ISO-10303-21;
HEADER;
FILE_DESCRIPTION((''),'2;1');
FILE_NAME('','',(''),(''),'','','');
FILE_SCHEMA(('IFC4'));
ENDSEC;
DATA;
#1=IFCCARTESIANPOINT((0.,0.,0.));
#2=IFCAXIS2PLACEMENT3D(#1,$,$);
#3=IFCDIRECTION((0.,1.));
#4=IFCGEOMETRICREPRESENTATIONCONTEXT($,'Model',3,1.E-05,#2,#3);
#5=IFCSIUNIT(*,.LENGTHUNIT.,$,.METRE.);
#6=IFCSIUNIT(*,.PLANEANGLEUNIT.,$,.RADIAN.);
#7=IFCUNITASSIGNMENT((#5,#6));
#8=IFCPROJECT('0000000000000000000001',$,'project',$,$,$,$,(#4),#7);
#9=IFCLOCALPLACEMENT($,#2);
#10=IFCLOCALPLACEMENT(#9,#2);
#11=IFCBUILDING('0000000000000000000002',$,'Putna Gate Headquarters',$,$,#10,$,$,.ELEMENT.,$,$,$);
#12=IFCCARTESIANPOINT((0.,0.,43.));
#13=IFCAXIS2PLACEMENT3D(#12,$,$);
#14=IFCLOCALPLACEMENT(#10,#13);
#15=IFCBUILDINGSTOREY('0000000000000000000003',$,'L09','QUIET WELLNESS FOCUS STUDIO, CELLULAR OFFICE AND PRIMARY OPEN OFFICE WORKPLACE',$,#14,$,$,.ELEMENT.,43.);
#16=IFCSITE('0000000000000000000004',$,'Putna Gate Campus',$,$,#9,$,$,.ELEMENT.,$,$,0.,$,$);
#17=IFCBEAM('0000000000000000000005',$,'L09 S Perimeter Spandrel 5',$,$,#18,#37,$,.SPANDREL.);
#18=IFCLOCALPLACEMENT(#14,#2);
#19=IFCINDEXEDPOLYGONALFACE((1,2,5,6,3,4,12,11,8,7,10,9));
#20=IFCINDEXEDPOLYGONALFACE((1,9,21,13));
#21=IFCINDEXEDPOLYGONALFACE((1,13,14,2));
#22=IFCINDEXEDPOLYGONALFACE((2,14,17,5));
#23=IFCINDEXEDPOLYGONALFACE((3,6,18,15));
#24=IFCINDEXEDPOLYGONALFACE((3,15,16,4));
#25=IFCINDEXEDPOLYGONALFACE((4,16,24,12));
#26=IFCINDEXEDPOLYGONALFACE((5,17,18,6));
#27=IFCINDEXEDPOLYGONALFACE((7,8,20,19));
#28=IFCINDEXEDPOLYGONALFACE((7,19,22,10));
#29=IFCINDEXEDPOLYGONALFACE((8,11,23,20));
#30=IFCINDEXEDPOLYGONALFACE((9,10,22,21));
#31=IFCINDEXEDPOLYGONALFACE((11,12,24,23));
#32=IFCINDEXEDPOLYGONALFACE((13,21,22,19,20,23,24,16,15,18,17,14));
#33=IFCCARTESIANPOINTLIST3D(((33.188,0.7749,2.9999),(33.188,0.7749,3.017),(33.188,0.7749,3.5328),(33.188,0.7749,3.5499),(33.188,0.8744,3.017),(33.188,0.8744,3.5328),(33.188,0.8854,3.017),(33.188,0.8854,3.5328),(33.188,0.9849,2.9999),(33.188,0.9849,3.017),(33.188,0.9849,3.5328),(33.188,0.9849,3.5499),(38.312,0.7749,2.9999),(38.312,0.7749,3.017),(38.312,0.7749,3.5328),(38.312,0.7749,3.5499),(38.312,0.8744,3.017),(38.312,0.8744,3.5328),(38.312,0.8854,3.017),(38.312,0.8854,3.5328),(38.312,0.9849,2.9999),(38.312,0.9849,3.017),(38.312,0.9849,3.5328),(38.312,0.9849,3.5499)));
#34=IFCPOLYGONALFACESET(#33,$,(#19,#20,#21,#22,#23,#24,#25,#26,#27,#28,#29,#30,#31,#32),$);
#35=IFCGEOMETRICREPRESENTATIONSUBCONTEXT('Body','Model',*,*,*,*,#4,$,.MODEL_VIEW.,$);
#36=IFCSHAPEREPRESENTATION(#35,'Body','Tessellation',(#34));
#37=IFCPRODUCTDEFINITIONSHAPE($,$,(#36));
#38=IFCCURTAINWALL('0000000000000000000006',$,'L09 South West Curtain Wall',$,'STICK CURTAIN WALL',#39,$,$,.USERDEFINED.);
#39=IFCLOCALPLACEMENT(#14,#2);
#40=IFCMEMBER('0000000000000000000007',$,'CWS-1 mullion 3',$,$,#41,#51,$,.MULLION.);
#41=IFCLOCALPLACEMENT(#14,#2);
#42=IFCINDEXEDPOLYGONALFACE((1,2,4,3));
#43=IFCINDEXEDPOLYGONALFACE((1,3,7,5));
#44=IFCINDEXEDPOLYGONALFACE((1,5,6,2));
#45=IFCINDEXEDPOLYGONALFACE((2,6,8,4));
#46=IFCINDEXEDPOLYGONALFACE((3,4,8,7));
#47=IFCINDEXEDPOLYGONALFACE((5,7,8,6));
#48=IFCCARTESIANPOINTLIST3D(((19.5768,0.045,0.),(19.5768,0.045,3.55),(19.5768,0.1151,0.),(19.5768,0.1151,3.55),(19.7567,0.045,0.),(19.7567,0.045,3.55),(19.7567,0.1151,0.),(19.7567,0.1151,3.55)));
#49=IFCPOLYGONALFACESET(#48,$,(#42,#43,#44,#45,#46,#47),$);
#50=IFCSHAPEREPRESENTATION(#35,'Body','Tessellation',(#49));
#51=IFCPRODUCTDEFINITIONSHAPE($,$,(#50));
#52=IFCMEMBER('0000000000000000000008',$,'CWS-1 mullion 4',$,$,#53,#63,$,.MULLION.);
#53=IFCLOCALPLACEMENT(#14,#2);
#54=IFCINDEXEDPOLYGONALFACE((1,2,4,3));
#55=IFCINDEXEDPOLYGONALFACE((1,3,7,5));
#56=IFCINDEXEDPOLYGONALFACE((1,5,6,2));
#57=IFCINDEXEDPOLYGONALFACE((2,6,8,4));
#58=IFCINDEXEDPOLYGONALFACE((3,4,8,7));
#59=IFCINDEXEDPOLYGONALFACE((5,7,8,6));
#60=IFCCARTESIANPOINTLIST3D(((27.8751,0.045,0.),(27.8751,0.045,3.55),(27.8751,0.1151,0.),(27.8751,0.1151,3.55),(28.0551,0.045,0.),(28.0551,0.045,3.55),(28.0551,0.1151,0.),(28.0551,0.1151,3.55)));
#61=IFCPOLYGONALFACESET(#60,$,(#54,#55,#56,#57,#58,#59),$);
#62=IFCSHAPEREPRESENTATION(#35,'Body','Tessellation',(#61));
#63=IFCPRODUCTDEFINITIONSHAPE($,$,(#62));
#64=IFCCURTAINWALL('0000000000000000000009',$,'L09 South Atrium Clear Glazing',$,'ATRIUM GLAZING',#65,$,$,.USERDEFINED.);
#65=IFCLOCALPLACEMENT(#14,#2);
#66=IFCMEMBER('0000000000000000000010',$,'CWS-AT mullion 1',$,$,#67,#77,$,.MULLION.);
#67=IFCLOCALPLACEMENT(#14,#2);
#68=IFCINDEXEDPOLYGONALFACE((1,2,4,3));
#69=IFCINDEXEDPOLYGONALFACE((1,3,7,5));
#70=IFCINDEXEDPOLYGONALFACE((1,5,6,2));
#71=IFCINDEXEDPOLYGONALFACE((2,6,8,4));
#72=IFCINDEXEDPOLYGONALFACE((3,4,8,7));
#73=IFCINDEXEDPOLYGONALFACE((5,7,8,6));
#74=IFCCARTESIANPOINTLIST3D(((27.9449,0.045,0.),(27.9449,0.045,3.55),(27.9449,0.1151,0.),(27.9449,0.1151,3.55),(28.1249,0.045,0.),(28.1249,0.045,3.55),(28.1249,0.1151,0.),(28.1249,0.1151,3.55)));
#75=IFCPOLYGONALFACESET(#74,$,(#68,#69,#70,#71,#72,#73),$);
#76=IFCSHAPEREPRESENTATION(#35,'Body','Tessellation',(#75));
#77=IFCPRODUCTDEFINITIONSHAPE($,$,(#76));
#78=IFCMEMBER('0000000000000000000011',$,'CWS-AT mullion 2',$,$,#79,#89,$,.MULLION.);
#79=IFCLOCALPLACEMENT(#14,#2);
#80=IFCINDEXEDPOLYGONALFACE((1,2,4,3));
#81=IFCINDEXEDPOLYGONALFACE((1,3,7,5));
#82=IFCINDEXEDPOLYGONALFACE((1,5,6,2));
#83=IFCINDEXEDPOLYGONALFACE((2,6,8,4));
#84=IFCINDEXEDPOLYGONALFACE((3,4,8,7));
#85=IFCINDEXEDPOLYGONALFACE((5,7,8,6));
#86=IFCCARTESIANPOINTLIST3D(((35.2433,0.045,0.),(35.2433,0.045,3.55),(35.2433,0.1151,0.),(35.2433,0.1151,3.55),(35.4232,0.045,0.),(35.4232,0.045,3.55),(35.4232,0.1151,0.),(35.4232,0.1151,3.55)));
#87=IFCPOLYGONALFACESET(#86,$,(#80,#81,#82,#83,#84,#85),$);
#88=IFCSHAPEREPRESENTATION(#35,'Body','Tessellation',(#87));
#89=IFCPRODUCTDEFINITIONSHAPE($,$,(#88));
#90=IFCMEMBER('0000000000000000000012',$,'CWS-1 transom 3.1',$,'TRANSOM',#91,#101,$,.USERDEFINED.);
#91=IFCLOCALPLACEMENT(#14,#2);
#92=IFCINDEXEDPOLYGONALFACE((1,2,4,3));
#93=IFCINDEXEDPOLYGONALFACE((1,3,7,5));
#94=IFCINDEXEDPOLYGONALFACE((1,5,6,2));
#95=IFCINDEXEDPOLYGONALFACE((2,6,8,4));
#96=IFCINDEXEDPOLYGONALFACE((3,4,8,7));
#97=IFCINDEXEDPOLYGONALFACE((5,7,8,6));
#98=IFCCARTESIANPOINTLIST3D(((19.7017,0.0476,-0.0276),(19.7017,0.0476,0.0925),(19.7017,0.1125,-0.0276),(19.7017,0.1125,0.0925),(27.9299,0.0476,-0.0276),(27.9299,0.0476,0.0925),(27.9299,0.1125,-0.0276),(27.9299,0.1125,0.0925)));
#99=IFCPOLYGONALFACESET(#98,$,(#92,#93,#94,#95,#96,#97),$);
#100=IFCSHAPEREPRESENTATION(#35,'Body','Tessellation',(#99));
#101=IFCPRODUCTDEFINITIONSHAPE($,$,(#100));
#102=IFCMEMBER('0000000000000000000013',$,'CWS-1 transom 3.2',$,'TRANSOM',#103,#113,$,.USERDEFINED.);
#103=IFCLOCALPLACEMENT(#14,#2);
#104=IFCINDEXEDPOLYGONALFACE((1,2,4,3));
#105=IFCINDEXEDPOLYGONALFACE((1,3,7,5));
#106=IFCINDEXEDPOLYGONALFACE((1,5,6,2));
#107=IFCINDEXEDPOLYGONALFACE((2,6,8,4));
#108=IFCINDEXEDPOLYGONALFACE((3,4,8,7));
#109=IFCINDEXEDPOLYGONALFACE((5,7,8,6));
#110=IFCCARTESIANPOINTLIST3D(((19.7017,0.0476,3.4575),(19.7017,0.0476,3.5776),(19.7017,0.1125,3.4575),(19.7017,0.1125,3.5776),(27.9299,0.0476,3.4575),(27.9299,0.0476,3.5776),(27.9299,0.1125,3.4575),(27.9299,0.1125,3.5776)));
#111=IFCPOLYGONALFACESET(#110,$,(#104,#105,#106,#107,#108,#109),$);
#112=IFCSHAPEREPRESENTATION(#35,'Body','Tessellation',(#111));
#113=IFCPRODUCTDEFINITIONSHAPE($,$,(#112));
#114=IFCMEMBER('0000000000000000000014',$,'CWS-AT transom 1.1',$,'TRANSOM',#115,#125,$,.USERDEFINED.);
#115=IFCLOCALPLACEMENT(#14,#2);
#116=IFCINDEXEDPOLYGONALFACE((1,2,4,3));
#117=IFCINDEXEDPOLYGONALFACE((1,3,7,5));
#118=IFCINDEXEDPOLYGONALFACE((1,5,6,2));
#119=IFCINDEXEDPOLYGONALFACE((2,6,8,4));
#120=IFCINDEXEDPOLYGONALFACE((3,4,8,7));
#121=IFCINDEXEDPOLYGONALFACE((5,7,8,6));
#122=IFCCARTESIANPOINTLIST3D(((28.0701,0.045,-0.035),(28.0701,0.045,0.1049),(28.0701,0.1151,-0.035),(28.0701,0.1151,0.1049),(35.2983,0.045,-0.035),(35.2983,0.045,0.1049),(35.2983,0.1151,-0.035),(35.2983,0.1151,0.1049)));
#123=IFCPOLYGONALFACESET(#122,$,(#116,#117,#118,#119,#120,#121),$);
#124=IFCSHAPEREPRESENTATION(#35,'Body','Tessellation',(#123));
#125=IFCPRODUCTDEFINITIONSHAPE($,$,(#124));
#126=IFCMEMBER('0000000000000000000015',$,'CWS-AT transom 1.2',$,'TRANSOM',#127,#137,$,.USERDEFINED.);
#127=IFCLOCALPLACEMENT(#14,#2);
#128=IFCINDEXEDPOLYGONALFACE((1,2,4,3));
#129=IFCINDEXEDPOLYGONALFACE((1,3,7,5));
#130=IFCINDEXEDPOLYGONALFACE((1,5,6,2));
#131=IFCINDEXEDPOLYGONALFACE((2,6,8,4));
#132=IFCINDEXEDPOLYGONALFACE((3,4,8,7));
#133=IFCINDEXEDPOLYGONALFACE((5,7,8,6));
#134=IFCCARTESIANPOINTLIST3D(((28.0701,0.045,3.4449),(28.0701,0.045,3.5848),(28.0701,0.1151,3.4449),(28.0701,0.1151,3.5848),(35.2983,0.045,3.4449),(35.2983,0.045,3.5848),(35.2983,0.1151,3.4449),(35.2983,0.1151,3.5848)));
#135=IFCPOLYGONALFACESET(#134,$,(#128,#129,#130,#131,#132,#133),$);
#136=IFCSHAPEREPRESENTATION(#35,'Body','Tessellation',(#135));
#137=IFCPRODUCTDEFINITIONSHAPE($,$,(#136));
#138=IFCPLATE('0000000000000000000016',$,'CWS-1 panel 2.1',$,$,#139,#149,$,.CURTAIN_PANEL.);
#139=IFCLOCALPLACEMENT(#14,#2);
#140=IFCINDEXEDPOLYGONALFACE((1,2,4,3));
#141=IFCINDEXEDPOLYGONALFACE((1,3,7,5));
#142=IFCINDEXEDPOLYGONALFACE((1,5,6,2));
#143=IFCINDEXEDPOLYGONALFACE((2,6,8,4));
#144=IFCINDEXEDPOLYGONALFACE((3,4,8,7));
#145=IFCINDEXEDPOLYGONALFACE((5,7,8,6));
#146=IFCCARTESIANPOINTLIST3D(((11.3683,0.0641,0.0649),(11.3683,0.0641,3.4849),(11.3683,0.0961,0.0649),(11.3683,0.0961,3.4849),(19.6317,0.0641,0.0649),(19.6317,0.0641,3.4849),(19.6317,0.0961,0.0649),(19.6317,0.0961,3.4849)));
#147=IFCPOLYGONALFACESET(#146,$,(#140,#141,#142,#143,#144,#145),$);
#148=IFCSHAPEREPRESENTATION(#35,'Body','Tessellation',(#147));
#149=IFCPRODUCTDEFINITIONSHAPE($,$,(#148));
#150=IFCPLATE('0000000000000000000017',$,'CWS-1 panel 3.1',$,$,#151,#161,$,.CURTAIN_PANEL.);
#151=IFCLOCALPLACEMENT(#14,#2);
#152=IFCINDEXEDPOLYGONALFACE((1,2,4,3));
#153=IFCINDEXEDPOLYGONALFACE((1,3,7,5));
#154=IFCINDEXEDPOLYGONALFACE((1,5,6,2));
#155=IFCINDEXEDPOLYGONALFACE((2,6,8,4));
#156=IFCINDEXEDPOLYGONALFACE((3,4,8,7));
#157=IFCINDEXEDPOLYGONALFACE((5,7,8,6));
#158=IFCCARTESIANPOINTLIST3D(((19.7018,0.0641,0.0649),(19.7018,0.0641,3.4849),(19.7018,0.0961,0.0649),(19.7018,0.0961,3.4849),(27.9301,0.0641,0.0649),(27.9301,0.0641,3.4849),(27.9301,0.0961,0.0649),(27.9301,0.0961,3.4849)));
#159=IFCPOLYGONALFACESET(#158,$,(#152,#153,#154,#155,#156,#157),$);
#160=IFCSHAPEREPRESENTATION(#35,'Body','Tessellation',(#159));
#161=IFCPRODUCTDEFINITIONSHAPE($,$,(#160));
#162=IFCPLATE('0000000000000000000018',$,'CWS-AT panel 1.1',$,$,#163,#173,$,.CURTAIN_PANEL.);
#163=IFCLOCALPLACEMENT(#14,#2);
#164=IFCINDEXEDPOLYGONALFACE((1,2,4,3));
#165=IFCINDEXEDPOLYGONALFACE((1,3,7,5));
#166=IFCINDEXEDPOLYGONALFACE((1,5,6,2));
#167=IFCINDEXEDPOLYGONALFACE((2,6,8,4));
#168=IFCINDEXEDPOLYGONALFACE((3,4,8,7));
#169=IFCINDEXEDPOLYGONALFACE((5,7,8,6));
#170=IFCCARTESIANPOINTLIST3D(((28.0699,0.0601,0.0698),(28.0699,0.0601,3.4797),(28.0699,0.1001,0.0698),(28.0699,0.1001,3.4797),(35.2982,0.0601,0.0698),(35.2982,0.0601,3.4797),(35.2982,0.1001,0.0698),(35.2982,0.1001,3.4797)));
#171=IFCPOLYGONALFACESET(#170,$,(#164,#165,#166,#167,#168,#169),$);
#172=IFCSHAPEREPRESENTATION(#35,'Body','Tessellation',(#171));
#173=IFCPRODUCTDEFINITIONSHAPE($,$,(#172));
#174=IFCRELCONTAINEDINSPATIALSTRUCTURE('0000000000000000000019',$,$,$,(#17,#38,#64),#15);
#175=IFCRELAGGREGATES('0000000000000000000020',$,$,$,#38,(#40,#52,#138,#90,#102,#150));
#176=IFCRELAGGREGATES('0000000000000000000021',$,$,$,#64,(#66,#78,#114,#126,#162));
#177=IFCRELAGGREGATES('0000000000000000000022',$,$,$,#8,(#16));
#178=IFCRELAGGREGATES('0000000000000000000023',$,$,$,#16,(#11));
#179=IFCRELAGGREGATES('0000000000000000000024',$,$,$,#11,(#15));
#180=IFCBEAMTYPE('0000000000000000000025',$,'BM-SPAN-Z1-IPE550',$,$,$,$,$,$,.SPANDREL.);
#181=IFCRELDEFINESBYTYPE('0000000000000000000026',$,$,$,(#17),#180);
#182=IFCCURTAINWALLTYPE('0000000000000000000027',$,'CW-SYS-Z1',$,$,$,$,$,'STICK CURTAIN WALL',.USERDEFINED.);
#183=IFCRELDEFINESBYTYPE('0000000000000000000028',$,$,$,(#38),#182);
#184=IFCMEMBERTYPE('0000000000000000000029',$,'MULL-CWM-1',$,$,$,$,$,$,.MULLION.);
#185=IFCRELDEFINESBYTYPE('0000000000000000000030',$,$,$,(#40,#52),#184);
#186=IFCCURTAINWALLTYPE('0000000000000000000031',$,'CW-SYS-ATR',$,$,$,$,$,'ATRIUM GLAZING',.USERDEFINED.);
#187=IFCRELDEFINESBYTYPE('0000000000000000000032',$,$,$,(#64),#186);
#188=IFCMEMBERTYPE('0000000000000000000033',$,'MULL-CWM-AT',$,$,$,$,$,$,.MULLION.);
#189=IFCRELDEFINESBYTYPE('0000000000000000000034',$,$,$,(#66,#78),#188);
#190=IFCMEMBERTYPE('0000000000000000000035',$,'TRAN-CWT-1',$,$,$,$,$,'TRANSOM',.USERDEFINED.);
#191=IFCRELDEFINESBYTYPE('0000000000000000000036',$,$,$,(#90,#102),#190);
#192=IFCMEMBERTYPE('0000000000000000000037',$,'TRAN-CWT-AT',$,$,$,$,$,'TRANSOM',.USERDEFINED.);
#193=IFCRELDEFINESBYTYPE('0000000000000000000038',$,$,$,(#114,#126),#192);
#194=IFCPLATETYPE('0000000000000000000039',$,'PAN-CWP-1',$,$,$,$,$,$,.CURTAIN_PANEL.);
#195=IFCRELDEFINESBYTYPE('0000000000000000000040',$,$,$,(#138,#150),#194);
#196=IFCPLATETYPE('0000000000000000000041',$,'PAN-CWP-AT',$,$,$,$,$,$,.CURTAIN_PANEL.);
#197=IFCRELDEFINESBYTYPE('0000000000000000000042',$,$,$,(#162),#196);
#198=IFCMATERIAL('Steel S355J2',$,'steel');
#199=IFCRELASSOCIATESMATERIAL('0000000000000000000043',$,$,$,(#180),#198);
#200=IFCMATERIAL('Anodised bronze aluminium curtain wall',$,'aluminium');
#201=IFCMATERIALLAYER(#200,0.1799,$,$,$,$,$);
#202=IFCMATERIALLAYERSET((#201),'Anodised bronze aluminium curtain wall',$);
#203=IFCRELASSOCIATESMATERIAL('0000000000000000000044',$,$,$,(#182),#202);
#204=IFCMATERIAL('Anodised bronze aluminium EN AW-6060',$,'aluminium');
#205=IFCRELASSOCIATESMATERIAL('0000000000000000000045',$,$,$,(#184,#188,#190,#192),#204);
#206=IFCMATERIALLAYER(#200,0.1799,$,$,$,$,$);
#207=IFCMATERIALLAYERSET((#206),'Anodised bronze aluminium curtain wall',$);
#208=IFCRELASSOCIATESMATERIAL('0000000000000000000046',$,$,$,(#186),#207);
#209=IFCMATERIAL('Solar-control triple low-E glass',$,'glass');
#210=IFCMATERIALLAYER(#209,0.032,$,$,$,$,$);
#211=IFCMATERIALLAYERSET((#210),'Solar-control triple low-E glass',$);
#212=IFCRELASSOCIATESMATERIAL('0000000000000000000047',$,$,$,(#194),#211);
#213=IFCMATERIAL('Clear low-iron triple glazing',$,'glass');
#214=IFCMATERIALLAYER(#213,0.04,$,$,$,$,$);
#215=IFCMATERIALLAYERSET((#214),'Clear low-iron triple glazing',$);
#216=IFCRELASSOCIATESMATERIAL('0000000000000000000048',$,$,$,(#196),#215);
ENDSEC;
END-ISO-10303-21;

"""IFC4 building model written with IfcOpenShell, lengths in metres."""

from ifc_helpers import new_model, si_unit, direction, frame, origin, origin_2d, place, context, subcontext, project, spatial, rectangle, i_section, extrude, material, layer, layer_set, material_profile, profile_set, type_object, element, aggregate, save


model = new_model("IFC4")

# Units and contexts
model_context = context("Model", 3, precision=1e-05, world=origin(), true_north=direction((0.0, 1.0)))
body_context = subcontext(model_context, "Body", "Model", "MODEL_VIEW")
ifc_project = project(units=[si_unit("LENGTHUNIT", "METRE"), si_unit("PLANEANGLEUNIT", "RADIAN")], contexts=[model_context])

# Site, building, storey
site_placement = place(None, origin())
site = spatial("IfcSite", under=ifc_project, at=site_placement, Name="Putna Gate Campus", CompositionType="ELEMENT", RefElevation=0.0)
building_placement = place(site_placement, origin())
building = spatial("IfcBuilding", under=site, at=building_placement, Name="Putna Gate Headquarters", CompositionType="ELEMENT")
storey_placement = place(building_placement, frame((0.0, 0.0, 43.0)))
storey = spatial("IfcBuildingStorey", under=building, at=storey_placement, Name="L09", Description="QUIET WELLNESS FOCUS STUDIO, CELLULAR OFFICE AND PRIMARY OPEN OFFICE WORKPLACE", CompositionType="ELEMENT", Elevation=43.0)

# Beam
ifc_material_1 = material(Name="Steel S355J2", Category="steel")
ifc_material_profile_1 = material_profile(ifc_material_1, i_section(OverallWidth=0.21, OverallDepth=0.55, WebThickness=0.011, FlangeThickness=0.0171, at=origin_2d()), Name="Steel S355J2")
ifc_profile_set_1 = profile_set([ifc_material_profile_1], Name="Steel S355J2")
beam_type_1 = type_object("IfcBeamType", Name="BM-SPAN-Z1-IPE550", PredefinedType="SPANDREL", material=ifc_profile_set_1)
for number, where, z_axis, x_axis, name in (
    (1, (33.188, 0.8799, 3.2749), (1.0, 0.0, 0.0), (0.0, 1.0, 0.0), "L09 S Perimeter Spandrel 5"),
):
    element("IfcBeam", number, at=place(storey_placement, frame(where, z_axis=z_axis, x_axis=x_axis)), inside=storey, type_object=beam_type_1, Name=name, PredefinedType="SPANDREL", context=body_context, shape_type="SweptSolid", body=[
        extrude(i_section(OverallWidth=0.21, OverallDepth=0.55, WebThickness=0.011, FlangeThickness=0.0171, at=origin_2d()), origin(), (0.0, 0.0, 1.0), 5.124),
    ])

# Curtain walls, members
ifc_material_2 = material(Name="Anodised bronze aluminium curtain wall", Category="aluminium")
ifc_layer_1 = layer(ifc_material_2, 0.1799)
ifc_layer_set_1 = layer_set([ifc_layer_1], Name="Anodised bronze aluminium curtain wall")
curtain_wall_type_1 = type_object("IfcCurtainWallType", Name="CW-SYS-Z1", ElementType="STICK CURTAIN WALL", PredefinedType="USERDEFINED", material=ifc_layer_set_1)
curtain_wall_1_placement = place(storey_placement, origin())
curtain_wall_1 = element("IfcCurtainWall", 2, at=curtain_wall_1_placement, inside=storey, type_object=curtain_wall_type_1, Name="L09 South West Curtain Wall", ObjectType="STICK CURTAIN WALL", PredefinedType="USERDEFINED")
ifc_material_3 = material(Name="Anodised bronze aluminium EN AW-6060", Category="aluminium")
ifc_material_profile_2 = material_profile(ifc_material_3, rectangle(XDim=0.0701, YDim=0.1799, at=origin_2d()), Name="Anodised bronze aluminium EN AW-6060")
ifc_profile_set_2 = profile_set([ifc_material_profile_2], Name="Anodised bronze aluminium EN AW-6060")
member_type_1 = type_object("IfcMemberType", Name="MULL-CWM-1", PredefinedType="MULLION", material=ifc_profile_set_2)
member_1_placement = place(storey_placement, frame((19.6667, 0.0801, 0.0), z_axis=(0.0, 0.0, 1.0), x_axis=(0.0, 1.0, 0.0)))
member_1 = element("IfcMember", 3, at=member_1_placement, type_object=member_type_1, Name="CWS-1 mullion 3", PredefinedType="MULLION", context=body_context, shape_type="SweptSolid", body=[
    extrude(rectangle(XDim=0.0701, YDim=0.1799, at=origin_2d()), origin(), (0.0, 0.0, 1.0), 3.55),
])
member_2_placement = place(storey_placement, frame((27.9651, 0.0801, 0.0), z_axis=(0.0, 0.0, 1.0), x_axis=(0.0, 1.0, 0.0)))
member_2 = element("IfcMember", 4, at=member_2_placement, type_object=member_type_1, Name="CWS-1 mullion 4", PredefinedType="MULLION", context=body_context, shape_type="SweptSolid", body=[
    extrude(rectangle(XDim=0.0701, YDim=0.1799, at=origin_2d()), origin(), (0.0, 0.0, 1.0), 3.55),
])
ifc_layer_2 = layer(ifc_material_2, 0.1799)
ifc_layer_set_2 = layer_set([ifc_layer_2], Name="Anodised bronze aluminium curtain wall")
curtain_wall_type_2 = type_object("IfcCurtainWallType", Name="CW-SYS-ATR", ElementType="ATRIUM GLAZING", PredefinedType="USERDEFINED", material=ifc_layer_set_2)
curtain_wall_2_placement = place(storey_placement, origin())
curtain_wall_2 = element("IfcCurtainWall", 5, at=curtain_wall_2_placement, inside=storey, type_object=curtain_wall_type_2, Name="L09 South Atrium Clear Glazing", ObjectType="ATRIUM GLAZING", PredefinedType="USERDEFINED")
ifc_material_profile_3 = material_profile(ifc_material_3, rectangle(XDim=0.0701, YDim=0.1799, at=origin_2d()), Name="Anodised bronze aluminium EN AW-6060")
ifc_profile_set_3 = profile_set([ifc_material_profile_3], Name="Anodised bronze aluminium EN AW-6060")
member_type_2 = type_object("IfcMemberType", Name="MULL-CWM-AT", PredefinedType="MULLION", material=ifc_profile_set_3)
member_3_placement = place(storey_placement, frame((28.0349, 0.0801, 0.0), z_axis=(0.0, 0.0, 1.0), x_axis=(0.0, 1.0, 0.0)))
member_3 = element("IfcMember", 6, at=member_3_placement, type_object=member_type_2, Name="CWS-AT mullion 1", PredefinedType="MULLION", context=body_context, shape_type="SweptSolid", body=[
    extrude(rectangle(XDim=0.0701, YDim=0.1799, at=origin_2d()), origin(), (0.0, 0.0, 1.0), 3.55),
])
member_4_placement = place(storey_placement, frame((35.3333, 0.0801, 0.0), z_axis=(0.0, 0.0, 1.0), x_axis=(0.0, 1.0, 0.0)))
member_4 = element("IfcMember", 7, at=member_4_placement, type_object=member_type_2, Name="CWS-AT mullion 2", PredefinedType="MULLION", context=body_context, shape_type="SweptSolid", body=[
    extrude(rectangle(XDim=0.0701, YDim=0.1799, at=origin_2d()), origin(), (0.0, 0.0, 1.0), 3.55),
])

# Members
ifc_material_profile_4 = material_profile(ifc_material_3, rectangle(XDim=0.0649, YDim=0.1201, at=origin_2d()), Name="Anodised bronze aluminium EN AW-6060")
ifc_profile_set_4 = profile_set([ifc_material_profile_4], Name="Anodised bronze aluminium EN AW-6060")
member_type_3 = type_object("IfcMemberType", Name="TRAN-CWT-1", ElementType="TRANSOM", PredefinedType="USERDEFINED", material=ifc_profile_set_4)
member_5_placement = place(storey_placement, frame((19.7017, 0.0801, 0.0325), z_axis=(1.0, 0.0, 0.0), x_axis=(0.0, 1.0, 0.0)))
member_5 = element("IfcMember", 8, at=member_5_placement, type_object=member_type_3, Name="CWS-1 transom 3.1", ObjectType="TRANSOM", PredefinedType="USERDEFINED", context=body_context, shape_type="SweptSolid", body=[
    extrude(rectangle(XDim=0.0649, YDim=0.1201, at=origin_2d()), origin(), (0.0, 0.0, 1.0), 8.2283),
])
member_6_placement = place(storey_placement, frame((19.7017, 0.0801, 3.5176), z_axis=(1.0, 0.0, 0.0), x_axis=(0.0, 1.0, 0.0)))
member_6 = element("IfcMember", 9, at=member_6_placement, type_object=member_type_3, Name="CWS-1 transom 3.2", ObjectType="TRANSOM", PredefinedType="USERDEFINED", context=body_context, shape_type="SweptSolid", body=[
    extrude(rectangle(XDim=0.0649, YDim=0.1201, at=origin_2d()), origin(), (0.0, 0.0, 1.0), 8.2283),
])
ifc_material_profile_5 = material_profile(ifc_material_3, rectangle(XDim=0.0701, YDim=0.1399, at=origin_2d()), Name="Anodised bronze aluminium EN AW-6060")
ifc_profile_set_5 = profile_set([ifc_material_profile_5], Name="Anodised bronze aluminium EN AW-6060")
member_type_4 = type_object("IfcMemberType", Name="TRAN-CWT-AT", ElementType="TRANSOM", PredefinedType="USERDEFINED", material=ifc_profile_set_5)
member_7_placement = place(storey_placement, frame((28.0701, 0.0801, 0.0349), z_axis=(1.0, 0.0, 0.0), x_axis=(0.0, 1.0, 0.0)))
member_7 = element("IfcMember", 10, at=member_7_placement, type_object=member_type_4, Name="CWS-AT transom 1.1", ObjectType="TRANSOM", PredefinedType="USERDEFINED", context=body_context, shape_type="SweptSolid", body=[
    extrude(rectangle(XDim=0.0701, YDim=0.1399, at=origin_2d()), origin(), (0.0, 0.0, 1.0), 7.2283),
])
member_8_placement = place(storey_placement, frame((28.0701, 0.0801, 3.5149), z_axis=(1.0, 0.0, 0.0), x_axis=(0.0, 1.0, 0.0)))
member_8 = element("IfcMember", 11, at=member_8_placement, type_object=member_type_4, Name="CWS-AT transom 1.2", ObjectType="TRANSOM", PredefinedType="USERDEFINED", context=body_context, shape_type="SweptSolid", body=[
    extrude(rectangle(XDim=0.0701, YDim=0.1399, at=origin_2d()), origin(), (0.0, 0.0, 1.0), 7.2283),
])

# Plates
ifc_material_4 = material(Name="Solar-control triple low-E glass", Category="glass")
ifc_layer_3 = layer(ifc_material_4, 0.032)
ifc_layer_set_3 = layer_set([ifc_layer_3], Name="Solar-control triple low-E glass")
plate_type_1 = type_object("IfcPlateType", Name="PAN-CWP-1", PredefinedType="CURTAIN_PANEL", material=ifc_layer_set_3)
plate_1_placement = place(storey_placement, frame((15.5, 0.0801, 0.0649), z_axis=(0.0, 0.0, 1.0), x_axis=(1.0, 0.0, 0.0)))
plate_1 = element("IfcPlate", 12, at=plate_1_placement, type_object=plate_type_1, Name="CWS-1 panel 2.1", PredefinedType="CURTAIN_PANEL", context=body_context, shape_type="SweptSolid", body=[
    extrude(rectangle(XDim=8.2634, YDim=0.032, at=origin_2d()), origin(), (0.0, 0.0, 1.0), 3.4199),
])
plate_2_placement = place(storey_placement, frame((23.8159, 0.0801, 0.0649), z_axis=(0.0, 0.0, 1.0), x_axis=(1.0, 0.0, 0.0)))
plate_2 = element("IfcPlate", 13, at=plate_2_placement, type_object=plate_type_1, Name="CWS-1 panel 3.1", PredefinedType="CURTAIN_PANEL", context=body_context, shape_type="SweptSolid", body=[
    extrude(rectangle(XDim=8.2283, YDim=0.032, at=origin_2d()), origin(), (0.0, 0.0, 1.0), 3.4199),
])
aggregate(curtain_wall_1, [member_1, member_2, plate_1, member_5, member_6, plate_2])
ifc_material_5 = material(Name="Clear low-iron triple glazing", Category="glass")
ifc_layer_4 = layer(ifc_material_5, 0.04)
ifc_layer_set_4 = layer_set([ifc_layer_4], Name="Clear low-iron triple glazing")
plate_type_2 = type_object("IfcPlateType", Name="PAN-CWP-AT", PredefinedType="CURTAIN_PANEL", material=ifc_layer_set_4)
plate_3_placement = place(storey_placement, frame((31.6841, 0.0801, 0.0698), z_axis=(0.0, 0.0, 1.0), x_axis=(1.0, 0.0, 0.0)))
plate_3 = element("IfcPlate", 14, at=plate_3_placement, type_object=plate_type_2, Name="CWS-AT panel 1.1", PredefinedType="CURTAIN_PANEL", context=body_context, shape_type="SweptSolid", body=[
    extrude(rectangle(XDim=7.2283, YDim=0.04, at=origin_2d()), origin(), (0.0, 0.0, 1.0), 3.4099),
])
aggregate(curtain_wall_2, [member_3, member_4, member_7, member_8, plate_3])

save(model, "model.ifc")
